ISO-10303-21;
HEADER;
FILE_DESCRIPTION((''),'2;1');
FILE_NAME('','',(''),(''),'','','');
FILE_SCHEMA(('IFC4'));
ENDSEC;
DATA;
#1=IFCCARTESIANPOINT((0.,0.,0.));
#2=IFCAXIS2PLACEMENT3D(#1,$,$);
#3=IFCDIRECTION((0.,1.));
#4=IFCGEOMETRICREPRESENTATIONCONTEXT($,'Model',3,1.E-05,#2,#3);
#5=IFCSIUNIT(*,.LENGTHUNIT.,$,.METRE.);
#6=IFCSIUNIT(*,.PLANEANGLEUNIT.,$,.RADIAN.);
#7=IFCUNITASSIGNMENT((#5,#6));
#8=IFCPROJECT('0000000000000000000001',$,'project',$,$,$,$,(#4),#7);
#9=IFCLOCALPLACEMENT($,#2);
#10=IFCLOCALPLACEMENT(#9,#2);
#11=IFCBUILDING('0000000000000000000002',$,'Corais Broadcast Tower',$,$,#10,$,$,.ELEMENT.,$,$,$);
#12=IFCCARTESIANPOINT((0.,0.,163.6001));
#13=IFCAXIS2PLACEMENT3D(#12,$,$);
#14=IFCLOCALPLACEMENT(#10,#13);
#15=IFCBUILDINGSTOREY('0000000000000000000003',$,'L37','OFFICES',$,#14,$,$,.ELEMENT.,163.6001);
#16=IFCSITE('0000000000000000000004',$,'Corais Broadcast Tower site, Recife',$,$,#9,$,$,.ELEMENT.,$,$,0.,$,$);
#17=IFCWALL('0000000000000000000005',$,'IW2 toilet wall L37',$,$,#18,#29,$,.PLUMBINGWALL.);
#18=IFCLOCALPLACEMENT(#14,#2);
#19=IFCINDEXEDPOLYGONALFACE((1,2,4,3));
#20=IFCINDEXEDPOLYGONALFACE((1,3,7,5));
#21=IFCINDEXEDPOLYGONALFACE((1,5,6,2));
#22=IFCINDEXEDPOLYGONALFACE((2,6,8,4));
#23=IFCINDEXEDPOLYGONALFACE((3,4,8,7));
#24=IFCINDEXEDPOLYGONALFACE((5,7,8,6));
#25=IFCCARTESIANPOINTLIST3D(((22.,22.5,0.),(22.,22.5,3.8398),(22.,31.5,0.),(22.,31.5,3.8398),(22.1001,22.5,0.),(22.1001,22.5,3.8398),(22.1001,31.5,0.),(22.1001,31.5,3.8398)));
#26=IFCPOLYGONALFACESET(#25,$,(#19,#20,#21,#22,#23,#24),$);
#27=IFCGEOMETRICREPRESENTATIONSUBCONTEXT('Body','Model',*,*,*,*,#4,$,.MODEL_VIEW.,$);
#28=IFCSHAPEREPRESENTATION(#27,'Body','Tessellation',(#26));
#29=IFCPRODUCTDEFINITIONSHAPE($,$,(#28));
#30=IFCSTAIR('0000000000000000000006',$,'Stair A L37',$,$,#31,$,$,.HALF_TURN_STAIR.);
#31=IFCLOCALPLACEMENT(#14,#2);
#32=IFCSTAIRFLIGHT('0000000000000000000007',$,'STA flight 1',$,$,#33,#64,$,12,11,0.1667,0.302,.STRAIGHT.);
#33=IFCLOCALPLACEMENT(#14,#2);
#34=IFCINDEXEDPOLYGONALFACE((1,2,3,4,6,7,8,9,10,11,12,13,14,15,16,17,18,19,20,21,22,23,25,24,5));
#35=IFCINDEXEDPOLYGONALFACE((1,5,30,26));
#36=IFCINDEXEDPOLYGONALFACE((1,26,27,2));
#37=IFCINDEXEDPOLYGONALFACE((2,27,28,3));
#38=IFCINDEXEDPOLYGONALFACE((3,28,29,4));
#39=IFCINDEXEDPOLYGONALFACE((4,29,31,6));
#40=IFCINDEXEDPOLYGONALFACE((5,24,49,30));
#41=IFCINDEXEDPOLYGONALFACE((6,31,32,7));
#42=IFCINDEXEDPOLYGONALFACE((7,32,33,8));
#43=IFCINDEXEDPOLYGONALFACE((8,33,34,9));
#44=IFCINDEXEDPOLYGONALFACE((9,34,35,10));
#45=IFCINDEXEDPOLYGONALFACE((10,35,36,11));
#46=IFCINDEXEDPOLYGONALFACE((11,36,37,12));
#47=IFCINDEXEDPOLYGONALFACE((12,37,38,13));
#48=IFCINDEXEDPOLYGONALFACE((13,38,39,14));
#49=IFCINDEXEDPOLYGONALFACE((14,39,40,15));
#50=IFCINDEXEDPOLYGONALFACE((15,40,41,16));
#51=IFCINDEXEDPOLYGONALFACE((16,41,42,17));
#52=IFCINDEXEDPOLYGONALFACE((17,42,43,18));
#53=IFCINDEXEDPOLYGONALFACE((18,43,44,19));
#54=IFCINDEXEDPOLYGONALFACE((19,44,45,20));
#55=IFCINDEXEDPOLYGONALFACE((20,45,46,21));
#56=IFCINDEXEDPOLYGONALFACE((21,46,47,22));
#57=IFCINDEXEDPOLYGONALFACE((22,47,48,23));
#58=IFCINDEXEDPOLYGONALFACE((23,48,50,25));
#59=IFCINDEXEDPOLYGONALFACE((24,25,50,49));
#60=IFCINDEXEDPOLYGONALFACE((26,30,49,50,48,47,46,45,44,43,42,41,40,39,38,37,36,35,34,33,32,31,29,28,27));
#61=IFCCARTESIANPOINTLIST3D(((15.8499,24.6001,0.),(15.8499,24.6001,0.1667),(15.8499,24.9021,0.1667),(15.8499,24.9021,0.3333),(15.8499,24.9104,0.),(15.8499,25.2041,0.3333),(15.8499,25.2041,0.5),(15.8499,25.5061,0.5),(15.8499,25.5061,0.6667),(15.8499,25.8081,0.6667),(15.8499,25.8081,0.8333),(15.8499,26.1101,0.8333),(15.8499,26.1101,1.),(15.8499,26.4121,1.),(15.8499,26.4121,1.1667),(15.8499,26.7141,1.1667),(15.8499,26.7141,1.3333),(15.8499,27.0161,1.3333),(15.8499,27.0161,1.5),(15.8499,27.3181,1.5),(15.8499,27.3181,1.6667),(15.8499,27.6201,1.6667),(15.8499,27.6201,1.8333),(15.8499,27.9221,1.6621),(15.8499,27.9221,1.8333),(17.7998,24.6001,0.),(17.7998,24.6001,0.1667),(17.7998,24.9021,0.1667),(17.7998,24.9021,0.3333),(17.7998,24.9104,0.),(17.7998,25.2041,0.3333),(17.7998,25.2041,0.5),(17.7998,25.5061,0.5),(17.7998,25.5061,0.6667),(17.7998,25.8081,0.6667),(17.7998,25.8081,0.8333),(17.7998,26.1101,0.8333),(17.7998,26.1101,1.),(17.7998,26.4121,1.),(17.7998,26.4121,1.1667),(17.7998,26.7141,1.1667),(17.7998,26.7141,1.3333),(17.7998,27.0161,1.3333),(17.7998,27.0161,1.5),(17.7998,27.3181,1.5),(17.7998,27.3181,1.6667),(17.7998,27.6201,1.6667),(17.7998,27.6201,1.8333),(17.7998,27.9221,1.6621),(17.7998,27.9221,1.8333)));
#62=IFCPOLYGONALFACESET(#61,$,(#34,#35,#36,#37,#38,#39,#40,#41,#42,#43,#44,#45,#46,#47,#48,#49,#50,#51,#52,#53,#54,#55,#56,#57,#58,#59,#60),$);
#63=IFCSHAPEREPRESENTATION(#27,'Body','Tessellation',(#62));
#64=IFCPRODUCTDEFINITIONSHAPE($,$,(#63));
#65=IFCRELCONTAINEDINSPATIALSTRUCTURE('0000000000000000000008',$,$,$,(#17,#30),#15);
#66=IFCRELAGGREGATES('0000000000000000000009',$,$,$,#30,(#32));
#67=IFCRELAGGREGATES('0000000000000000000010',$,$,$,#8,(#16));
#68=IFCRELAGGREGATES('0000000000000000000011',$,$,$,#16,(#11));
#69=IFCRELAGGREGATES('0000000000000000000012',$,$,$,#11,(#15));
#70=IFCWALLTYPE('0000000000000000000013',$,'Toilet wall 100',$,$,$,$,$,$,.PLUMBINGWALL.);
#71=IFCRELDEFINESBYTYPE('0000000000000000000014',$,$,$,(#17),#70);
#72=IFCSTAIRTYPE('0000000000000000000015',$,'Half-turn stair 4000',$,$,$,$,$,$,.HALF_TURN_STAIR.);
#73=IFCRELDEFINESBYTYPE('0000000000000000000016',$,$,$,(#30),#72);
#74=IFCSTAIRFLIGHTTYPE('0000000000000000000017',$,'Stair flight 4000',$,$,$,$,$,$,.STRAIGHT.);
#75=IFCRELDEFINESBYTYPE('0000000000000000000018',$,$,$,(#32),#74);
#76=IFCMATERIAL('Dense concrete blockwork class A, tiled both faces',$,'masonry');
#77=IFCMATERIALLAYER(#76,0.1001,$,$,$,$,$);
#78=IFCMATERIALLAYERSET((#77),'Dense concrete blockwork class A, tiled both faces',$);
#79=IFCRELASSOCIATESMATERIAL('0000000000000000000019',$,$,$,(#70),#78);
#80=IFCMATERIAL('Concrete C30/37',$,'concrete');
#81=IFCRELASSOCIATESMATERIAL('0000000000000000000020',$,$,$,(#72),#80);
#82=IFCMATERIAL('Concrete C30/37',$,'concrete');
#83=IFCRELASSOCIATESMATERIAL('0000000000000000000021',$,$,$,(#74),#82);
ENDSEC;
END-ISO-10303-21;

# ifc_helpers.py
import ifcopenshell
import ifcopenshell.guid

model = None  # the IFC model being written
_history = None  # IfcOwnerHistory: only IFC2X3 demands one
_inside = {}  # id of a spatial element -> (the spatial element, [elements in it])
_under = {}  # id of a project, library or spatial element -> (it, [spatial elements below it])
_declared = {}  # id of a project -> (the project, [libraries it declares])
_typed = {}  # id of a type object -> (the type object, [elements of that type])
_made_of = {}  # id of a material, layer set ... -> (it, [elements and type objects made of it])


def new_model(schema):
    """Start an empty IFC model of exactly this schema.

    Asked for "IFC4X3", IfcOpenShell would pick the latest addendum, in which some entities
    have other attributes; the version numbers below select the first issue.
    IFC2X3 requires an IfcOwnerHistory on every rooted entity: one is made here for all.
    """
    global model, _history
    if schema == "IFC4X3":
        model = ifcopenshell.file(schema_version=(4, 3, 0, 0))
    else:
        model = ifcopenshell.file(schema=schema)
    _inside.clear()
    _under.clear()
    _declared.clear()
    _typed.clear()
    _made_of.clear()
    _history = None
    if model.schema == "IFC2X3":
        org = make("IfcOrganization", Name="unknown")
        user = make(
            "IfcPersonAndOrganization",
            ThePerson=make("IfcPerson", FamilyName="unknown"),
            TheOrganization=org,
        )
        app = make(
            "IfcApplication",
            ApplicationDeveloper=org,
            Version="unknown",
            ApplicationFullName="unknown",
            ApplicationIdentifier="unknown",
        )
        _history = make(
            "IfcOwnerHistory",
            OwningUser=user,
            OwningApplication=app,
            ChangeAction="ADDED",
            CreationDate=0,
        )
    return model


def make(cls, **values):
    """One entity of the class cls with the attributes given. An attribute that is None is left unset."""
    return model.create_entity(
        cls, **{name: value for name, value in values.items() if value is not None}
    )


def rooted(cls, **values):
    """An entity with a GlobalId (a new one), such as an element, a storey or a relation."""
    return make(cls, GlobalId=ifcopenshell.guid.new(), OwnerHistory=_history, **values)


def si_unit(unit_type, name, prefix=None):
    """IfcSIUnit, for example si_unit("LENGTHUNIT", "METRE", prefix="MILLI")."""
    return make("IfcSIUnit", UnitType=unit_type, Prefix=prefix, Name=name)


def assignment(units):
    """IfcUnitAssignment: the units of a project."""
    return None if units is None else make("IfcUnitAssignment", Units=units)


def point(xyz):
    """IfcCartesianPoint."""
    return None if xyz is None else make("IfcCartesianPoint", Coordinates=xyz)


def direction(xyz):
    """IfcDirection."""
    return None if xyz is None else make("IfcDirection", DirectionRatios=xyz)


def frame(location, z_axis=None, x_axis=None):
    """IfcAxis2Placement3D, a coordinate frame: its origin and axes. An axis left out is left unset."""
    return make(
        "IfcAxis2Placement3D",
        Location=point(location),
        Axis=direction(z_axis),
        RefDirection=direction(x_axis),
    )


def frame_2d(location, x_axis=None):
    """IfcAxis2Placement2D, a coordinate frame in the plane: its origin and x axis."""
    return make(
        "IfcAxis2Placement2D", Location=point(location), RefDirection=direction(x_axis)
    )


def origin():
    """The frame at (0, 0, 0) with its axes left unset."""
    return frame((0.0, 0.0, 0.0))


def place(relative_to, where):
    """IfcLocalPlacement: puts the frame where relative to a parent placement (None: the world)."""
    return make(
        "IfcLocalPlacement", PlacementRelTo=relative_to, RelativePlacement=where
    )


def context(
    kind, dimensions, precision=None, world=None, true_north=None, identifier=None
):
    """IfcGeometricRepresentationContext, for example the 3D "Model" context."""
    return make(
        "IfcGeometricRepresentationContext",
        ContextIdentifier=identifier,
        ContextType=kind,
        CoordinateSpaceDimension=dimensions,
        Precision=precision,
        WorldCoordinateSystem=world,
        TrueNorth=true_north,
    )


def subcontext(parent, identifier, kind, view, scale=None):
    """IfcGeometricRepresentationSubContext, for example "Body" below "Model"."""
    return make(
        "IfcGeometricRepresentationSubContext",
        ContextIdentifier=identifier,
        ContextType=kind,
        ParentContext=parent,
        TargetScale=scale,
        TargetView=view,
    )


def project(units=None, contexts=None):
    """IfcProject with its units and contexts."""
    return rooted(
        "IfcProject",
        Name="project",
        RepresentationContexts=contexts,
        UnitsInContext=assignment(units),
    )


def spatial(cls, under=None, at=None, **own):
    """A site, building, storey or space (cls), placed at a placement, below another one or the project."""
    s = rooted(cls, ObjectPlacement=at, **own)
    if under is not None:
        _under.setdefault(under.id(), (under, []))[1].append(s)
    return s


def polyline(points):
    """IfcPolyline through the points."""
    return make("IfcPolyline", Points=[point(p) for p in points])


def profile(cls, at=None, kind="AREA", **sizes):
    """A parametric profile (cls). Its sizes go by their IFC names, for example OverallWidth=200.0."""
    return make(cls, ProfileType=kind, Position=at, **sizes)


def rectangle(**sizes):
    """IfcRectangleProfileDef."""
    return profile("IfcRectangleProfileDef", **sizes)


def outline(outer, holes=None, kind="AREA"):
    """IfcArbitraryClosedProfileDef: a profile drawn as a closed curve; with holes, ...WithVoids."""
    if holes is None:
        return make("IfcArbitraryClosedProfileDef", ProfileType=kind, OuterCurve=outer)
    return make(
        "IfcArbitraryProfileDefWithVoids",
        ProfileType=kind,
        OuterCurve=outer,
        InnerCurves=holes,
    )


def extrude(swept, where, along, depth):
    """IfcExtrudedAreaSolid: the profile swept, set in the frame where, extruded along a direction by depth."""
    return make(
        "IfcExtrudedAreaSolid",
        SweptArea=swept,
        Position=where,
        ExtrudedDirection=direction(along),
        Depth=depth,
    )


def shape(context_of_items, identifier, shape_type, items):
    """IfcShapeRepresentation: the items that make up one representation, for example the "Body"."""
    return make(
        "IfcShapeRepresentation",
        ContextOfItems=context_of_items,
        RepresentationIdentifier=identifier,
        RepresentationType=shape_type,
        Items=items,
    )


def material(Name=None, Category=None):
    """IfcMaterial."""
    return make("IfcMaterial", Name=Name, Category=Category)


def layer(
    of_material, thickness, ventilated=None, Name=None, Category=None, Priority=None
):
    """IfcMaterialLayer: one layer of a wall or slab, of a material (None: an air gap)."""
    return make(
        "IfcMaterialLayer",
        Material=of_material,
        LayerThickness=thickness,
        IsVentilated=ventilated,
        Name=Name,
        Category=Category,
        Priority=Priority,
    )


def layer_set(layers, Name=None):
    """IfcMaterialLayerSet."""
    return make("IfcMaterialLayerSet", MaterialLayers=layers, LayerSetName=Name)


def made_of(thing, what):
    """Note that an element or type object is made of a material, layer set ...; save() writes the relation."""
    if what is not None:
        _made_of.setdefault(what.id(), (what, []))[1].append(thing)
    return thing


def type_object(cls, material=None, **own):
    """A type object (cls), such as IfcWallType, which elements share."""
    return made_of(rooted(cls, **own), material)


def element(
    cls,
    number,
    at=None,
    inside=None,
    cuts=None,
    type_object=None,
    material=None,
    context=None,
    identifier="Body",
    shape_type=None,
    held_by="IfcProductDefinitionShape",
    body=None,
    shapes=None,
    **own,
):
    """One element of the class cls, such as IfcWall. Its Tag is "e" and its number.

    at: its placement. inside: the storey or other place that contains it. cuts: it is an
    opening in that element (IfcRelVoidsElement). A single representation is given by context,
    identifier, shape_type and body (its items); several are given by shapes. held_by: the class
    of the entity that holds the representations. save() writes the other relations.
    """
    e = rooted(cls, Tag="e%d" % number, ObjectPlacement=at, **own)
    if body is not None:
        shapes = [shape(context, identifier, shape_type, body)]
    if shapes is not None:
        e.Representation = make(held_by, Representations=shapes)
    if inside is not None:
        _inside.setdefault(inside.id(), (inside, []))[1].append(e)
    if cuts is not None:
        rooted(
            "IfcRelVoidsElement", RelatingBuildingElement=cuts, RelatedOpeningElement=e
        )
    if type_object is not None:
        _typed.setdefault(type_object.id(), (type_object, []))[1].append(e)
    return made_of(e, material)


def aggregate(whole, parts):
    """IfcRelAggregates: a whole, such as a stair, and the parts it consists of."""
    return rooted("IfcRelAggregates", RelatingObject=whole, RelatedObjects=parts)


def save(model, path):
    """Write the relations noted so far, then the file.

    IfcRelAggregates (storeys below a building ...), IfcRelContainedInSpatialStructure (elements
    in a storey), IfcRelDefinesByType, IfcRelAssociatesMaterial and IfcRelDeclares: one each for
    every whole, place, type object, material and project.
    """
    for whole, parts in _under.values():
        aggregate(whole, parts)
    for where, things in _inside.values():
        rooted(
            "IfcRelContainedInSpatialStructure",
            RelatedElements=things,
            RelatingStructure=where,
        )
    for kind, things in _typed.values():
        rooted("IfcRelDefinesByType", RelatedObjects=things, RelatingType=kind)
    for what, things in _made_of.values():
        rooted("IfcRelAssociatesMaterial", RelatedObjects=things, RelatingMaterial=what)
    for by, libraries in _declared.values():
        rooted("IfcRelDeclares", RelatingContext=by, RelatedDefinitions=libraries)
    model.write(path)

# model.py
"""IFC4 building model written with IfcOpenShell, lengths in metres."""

from ifc_helpers import new_model, si_unit, direction, frame, frame_2d, origin, place, context, subcontext, project, spatial, polyline, rectangle, outline, extrude, material, layer, layer_set, type_object, element, aggregate, save


model = new_model("IFC4")

# Units and contexts
model_context = context("Model", 3, precision=1e-05, world=origin(), true_north=direction((0.0, 1.0)))
body_context = subcontext(model_context, "Body", "Model", "MODEL_VIEW")
ifc_project = project(units=[si_unit("LENGTHUNIT", "METRE"), si_unit("PLANEANGLEUNIT", "RADIAN")], contexts=[model_context])

# Site, building, storey
site_placement = place(None, origin())
site = spatial("IfcSite", under=ifc_project, at=site_placement, Name="Corais Broadcast Tower site, Recife", CompositionType="ELEMENT", RefElevation=0.0)
building_placement = place(site_placement, origin())
building = spatial("IfcBuilding", under=site, at=building_placement, Name="Corais Broadcast Tower", CompositionType="ELEMENT")
storey_placement = place(building_placement, frame((0.0, 0.0, 163.6001)))
storey = spatial("IfcBuildingStorey", under=building, at=storey_placement, Name="L37", Description="OFFICES", CompositionType="ELEMENT", Elevation=163.6001)

# Wall
ifc_material_1 = material(Name="Dense concrete blockwork class A, tiled both faces", Category="masonry")
ifc_layer_1 = layer(ifc_material_1, 0.1001)
ifc_layer_set_1 = layer_set([ifc_layer_1], Name="Dense concrete blockwork class A, tiled both faces")
wall_type_1 = type_object("IfcWallType", Name="Toilet wall 100", PredefinedType="PLUMBINGWALL", material=ifc_layer_set_1)
wall_1_placement = place(storey_placement, frame((22.05, 22.5, 0.0), z_axis=(0.0, 0.0, 1.0), x_axis=(0.0, 1.0, 0.0)))
element("IfcWall", 1, at=wall_1_placement, inside=storey, type_object=wall_type_1, Name="IW2 toilet wall L37", PredefinedType="PLUMBINGWALL", context=body_context, shape_type="SweptSolid", body=[
    extrude(rectangle(XDim=9.0, YDim=0.1001, at=frame_2d((4.5, 0.0))), origin(), (0.0, 0.0, 1.0), 3.8398),
])

# Stair, stair flight
ifc_material_2 = material(Name="Concrete C30/37", Category="concrete")
stair_type = type_object("IfcStairType", Name="Half-turn stair 4000", PredefinedType="HALF_TURN_STAIR", material=ifc_material_2)
stair_placement = place(storey_placement, origin())
stair = element("IfcStair", 2, at=stair_placement, inside=storey, type_object=stair_type, Name="Stair A L37", PredefinedType="HALF_TURN_STAIR")
ifc_material_3 = material(Name="Concrete C30/37", Category="concrete")
stair_flight_type = type_object("IfcStairFlightType", Name="Stair flight 4000", PredefinedType="STRAIGHT", material=ifc_material_3)
stair_flight_placement = place(storey_placement, frame((16.825, 24.6001, 0.0), z_axis=(0.0, 0.0, 1.0), x_axis=(0.0, 1.0, 0.0)))
stair_flight = element("IfcStairFlight", 3, at=stair_flight_placement, type_object=stair_flight_type, Name="STA flight 1", NumberOfRisers=12, NumberOfTreads=11, PredefinedType="STRAIGHT", RiserHeight=0.1667, TreadLength=0.302, context=body_context, shape_type="SweptSolid", body=[
    extrude(outline(polyline([(0.0, 0.0), (0.0, 0.1667), (0.302, 0.1667), (0.302, 0.3333), (0.604, 0.3333), (0.604, 0.5), (0.906, 0.5), (0.906, 0.6667), (1.208, 0.6667), (1.208, 0.8333), (1.51, 0.8333), (1.51, 1.0), (1.812, 1.0), (1.812, 1.1667), (2.114, 1.1667), (2.114, 1.3333), (2.416, 1.3333), (2.416, 1.5), (2.718, 1.5), (2.718, 1.6667), (3.02, 1.6667), (3.02, 1.8333), (3.322, 1.8333), (3.322, 2.0), (3.322, 1.6621), (0.3103, 0.0), (0.0, 0.0)])), frame((0.0, 0.9751, 0.0), z_axis=(0.0, -1.0, 0.0), x_axis=(1.0, 0.0, 0.0)), (0.0, 0.0, 1.0), 1.95),
])
aggregate(stair, [stair_flight])

save(model, "model.ifc")
